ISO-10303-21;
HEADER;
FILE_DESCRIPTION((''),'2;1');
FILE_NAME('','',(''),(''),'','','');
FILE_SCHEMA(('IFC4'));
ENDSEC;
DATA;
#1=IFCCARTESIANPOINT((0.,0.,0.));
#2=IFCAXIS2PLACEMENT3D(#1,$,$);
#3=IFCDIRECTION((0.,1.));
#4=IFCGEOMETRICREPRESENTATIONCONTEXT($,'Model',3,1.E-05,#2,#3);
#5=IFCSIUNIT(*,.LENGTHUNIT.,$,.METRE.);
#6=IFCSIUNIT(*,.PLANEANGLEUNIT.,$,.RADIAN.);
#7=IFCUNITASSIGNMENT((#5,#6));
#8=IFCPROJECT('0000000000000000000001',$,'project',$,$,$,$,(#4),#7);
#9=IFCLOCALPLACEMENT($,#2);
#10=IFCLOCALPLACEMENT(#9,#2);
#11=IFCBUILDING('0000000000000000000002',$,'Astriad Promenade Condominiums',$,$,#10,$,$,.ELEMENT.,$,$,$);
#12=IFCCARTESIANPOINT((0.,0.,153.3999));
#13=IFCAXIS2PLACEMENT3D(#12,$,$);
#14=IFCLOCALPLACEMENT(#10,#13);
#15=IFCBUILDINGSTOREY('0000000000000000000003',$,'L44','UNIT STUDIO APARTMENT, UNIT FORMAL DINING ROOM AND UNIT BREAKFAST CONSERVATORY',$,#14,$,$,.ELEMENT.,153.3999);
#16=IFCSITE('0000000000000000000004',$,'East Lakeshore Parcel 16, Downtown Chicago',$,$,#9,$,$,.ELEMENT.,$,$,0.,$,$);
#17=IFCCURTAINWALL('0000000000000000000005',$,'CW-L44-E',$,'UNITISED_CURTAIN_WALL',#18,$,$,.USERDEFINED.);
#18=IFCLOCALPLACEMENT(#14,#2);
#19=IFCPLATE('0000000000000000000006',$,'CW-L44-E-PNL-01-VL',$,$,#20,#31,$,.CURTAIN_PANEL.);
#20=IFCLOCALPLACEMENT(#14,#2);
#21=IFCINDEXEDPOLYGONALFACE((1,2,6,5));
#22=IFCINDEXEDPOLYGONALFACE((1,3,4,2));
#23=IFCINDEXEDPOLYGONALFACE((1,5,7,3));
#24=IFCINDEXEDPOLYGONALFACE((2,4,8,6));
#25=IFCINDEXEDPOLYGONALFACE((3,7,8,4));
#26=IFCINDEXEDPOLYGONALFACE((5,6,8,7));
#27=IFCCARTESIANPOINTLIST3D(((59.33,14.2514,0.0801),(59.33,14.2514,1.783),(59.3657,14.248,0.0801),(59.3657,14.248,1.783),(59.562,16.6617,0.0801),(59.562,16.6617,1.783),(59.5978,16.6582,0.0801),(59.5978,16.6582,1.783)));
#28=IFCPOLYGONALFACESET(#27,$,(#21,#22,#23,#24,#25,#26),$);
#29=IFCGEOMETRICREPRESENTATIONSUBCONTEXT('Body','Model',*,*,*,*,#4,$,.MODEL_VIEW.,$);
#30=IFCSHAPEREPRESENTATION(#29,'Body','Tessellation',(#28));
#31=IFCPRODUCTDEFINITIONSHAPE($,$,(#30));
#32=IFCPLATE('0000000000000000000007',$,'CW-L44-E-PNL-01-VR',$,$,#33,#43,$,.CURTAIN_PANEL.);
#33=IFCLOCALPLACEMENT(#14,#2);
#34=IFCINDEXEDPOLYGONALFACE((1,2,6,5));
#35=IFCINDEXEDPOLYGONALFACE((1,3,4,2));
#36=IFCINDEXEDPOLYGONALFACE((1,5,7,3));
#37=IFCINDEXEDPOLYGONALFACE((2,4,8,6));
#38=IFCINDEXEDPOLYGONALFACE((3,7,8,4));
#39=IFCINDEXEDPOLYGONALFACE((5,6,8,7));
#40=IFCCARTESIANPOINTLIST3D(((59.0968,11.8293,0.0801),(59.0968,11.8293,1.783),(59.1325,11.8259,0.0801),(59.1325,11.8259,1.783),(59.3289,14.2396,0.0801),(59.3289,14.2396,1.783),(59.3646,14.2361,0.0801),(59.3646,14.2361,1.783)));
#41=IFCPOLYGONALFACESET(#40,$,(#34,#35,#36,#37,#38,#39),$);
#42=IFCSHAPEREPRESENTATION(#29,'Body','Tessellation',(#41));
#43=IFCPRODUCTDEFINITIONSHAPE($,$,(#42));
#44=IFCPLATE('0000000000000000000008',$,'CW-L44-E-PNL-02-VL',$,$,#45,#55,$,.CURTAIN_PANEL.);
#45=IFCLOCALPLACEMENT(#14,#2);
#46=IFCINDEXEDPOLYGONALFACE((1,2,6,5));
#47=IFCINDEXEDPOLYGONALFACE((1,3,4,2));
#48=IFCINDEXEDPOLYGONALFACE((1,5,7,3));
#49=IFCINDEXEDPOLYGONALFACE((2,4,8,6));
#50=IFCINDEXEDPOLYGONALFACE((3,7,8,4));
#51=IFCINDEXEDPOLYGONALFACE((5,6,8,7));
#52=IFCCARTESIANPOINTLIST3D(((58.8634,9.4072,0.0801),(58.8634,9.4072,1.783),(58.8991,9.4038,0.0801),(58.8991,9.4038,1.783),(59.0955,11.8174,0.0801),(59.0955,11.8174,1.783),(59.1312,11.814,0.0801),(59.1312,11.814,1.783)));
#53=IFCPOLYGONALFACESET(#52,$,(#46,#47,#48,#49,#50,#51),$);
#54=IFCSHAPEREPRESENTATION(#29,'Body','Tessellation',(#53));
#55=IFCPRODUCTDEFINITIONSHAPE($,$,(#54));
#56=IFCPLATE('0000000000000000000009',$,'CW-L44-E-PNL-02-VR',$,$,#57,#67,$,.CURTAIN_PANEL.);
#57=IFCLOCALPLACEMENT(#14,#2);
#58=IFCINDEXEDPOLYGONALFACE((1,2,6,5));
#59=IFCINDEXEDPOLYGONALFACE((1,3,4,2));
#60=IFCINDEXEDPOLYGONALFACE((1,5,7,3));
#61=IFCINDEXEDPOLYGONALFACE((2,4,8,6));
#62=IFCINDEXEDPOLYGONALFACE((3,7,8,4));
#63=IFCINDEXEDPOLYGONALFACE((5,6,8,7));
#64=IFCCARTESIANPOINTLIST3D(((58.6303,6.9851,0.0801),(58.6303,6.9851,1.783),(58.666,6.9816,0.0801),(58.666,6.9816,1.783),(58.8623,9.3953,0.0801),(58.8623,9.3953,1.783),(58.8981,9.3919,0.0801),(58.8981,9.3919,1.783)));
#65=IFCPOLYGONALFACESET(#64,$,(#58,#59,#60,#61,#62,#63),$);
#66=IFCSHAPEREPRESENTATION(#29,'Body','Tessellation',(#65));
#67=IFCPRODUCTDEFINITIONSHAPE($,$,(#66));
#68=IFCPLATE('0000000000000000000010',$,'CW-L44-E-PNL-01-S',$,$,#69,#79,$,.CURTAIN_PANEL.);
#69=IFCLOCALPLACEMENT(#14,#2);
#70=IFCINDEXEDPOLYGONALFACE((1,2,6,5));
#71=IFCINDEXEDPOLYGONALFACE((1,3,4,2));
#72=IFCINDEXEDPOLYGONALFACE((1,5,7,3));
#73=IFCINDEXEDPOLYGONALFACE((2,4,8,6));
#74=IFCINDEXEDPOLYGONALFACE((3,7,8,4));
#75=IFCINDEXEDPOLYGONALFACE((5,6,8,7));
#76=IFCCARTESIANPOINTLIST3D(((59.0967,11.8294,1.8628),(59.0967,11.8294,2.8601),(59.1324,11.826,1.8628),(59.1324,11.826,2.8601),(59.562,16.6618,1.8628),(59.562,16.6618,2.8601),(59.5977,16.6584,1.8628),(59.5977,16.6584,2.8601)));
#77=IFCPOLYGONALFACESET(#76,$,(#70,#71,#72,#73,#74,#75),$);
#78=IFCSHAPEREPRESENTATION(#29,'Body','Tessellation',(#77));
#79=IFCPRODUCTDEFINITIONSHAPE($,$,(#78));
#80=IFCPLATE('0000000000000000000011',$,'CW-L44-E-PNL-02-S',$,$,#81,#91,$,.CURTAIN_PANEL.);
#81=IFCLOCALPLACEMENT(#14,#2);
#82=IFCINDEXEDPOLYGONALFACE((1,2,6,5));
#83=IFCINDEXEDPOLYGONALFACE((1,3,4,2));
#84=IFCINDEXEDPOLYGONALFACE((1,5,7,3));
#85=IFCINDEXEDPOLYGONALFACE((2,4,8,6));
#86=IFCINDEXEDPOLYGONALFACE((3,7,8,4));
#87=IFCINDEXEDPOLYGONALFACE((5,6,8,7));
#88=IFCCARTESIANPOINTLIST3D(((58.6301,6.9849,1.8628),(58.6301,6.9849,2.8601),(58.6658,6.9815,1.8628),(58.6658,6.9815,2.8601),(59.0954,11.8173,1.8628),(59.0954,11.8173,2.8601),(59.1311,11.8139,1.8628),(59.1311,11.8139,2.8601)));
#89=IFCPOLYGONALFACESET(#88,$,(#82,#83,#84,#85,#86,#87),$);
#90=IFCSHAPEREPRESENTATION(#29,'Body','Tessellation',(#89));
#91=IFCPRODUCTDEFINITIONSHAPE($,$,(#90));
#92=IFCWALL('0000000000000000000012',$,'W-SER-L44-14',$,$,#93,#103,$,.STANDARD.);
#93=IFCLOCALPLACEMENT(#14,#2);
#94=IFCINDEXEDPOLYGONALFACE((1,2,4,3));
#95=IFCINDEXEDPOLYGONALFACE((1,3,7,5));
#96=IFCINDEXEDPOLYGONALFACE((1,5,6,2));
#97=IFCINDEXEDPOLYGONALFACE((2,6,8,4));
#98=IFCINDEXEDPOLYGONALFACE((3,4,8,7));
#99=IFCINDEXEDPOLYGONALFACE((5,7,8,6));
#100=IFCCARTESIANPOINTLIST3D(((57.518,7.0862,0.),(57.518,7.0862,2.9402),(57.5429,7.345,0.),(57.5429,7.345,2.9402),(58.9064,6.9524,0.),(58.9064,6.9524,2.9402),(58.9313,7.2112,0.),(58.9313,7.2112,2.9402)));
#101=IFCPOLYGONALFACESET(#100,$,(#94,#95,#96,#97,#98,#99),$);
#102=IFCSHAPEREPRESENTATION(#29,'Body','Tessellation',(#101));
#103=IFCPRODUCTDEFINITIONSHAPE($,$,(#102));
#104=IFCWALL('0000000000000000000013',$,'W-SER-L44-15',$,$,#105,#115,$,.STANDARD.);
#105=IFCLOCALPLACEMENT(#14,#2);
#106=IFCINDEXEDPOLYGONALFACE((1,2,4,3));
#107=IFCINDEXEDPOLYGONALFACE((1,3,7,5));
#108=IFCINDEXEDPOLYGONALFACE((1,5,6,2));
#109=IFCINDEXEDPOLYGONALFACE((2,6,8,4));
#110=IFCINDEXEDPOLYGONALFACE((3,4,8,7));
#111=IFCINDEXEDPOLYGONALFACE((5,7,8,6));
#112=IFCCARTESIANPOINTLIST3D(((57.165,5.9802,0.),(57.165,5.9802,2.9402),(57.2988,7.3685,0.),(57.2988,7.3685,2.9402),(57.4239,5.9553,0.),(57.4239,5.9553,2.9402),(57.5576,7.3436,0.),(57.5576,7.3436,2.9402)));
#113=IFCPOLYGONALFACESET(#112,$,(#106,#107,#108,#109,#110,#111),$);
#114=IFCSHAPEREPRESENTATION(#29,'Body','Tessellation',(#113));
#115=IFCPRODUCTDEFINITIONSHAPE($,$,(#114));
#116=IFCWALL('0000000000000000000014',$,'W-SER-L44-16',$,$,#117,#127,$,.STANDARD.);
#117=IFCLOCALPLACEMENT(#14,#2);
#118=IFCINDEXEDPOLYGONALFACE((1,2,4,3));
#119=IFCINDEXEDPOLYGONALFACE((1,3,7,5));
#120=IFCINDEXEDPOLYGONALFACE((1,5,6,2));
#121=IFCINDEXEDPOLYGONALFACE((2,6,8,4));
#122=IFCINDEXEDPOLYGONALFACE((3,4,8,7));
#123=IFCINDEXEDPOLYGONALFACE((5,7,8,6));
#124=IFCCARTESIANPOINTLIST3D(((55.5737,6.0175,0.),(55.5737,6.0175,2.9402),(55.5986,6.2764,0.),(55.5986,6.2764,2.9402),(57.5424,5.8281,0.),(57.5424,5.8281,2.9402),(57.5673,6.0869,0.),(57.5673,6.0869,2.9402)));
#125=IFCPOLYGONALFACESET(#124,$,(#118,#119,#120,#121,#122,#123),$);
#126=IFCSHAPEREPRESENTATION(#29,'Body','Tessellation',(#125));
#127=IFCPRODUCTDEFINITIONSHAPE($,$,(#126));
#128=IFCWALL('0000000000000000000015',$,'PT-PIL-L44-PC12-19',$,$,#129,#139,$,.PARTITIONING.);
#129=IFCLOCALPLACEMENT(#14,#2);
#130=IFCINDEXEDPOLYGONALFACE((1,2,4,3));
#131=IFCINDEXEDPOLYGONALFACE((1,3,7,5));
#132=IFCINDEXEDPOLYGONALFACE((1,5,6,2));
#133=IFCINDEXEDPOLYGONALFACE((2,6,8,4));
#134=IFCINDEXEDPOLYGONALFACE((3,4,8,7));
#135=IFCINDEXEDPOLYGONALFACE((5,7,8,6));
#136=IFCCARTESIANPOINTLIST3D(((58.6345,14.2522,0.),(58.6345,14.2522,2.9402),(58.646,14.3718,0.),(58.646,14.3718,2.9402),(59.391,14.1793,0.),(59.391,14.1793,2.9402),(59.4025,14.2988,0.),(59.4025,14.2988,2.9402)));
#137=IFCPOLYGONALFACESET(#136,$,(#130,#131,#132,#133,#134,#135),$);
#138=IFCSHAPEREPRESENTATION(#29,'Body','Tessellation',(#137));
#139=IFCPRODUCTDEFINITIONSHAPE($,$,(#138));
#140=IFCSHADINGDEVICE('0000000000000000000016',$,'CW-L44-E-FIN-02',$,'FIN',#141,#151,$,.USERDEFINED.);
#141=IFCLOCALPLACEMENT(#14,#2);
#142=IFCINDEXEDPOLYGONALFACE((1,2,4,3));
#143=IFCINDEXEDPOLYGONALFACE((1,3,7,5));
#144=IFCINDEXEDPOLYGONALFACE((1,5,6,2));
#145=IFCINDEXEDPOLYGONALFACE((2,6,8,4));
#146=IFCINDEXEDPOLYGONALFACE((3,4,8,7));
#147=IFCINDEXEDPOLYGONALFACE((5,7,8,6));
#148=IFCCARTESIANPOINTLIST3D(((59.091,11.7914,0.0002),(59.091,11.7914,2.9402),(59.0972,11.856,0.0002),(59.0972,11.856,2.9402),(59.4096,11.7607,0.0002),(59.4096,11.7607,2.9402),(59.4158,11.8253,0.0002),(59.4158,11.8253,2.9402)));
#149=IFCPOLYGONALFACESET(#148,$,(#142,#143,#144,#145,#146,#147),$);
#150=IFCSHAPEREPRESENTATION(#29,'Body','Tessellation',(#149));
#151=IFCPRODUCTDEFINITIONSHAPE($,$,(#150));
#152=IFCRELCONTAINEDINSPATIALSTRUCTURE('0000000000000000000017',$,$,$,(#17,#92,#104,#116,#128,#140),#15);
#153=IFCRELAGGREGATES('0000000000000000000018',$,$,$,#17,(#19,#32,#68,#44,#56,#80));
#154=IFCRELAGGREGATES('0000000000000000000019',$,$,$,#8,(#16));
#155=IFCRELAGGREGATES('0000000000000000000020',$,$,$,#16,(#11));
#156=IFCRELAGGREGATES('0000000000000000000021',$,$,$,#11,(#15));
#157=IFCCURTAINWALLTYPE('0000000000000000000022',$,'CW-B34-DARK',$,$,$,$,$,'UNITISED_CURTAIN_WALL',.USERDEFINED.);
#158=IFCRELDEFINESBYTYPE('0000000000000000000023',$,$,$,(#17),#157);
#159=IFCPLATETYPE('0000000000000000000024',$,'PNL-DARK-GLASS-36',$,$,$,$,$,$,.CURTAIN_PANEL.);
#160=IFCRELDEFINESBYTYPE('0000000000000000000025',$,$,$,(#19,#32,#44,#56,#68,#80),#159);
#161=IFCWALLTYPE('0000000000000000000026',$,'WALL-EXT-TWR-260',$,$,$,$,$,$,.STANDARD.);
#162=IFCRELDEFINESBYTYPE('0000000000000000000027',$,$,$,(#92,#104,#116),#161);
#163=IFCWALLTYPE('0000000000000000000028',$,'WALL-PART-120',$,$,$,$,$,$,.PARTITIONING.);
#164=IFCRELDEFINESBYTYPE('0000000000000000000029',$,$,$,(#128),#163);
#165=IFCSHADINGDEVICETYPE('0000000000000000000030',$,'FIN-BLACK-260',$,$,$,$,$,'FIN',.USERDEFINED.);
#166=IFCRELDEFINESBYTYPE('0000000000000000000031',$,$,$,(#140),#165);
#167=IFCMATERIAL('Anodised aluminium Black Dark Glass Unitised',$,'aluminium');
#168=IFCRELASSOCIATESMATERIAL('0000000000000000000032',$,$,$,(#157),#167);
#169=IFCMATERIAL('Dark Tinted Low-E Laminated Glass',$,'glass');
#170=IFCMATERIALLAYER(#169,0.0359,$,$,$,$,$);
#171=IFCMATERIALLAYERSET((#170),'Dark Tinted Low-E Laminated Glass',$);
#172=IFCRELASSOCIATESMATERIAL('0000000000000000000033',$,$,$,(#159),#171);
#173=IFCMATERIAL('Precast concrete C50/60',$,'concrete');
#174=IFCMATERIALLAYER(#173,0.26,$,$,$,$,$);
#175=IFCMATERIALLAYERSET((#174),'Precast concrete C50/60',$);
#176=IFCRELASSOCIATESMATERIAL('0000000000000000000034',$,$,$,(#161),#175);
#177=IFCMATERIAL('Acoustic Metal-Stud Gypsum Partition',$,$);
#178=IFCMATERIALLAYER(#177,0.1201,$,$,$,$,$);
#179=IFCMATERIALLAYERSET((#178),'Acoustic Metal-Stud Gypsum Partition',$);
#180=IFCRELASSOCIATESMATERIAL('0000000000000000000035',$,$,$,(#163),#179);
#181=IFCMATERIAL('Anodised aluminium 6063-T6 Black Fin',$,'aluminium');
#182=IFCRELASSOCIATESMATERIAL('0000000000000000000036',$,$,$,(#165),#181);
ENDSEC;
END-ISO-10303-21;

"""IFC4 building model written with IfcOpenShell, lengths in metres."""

from ifc_helpers import new_model, si_unit, direction, frame, frame_2d, origin, origin_2d, place, context, subcontext, project, spatial, rectangle, extrude, source, transform, mapped, material, layer, layer_set, type_object, type_shapes, element, aggregate, save


model = new_model("IFC4")

# Units and contexts
model_context = context("Model", 3, precision=1e-05, world=origin(), true_north=direction((0.0, 1.0)))
body_context = subcontext(model_context, "Body", "Model", "MODEL_VIEW")
ifc_project = project(units=[si_unit("LENGTHUNIT", "METRE"), si_unit("PLANEANGLEUNIT", "RADIAN")], contexts=[model_context])

# Site, building, storey
site_placement = place(None, origin())
site = spatial("IfcSite", under=ifc_project, at=site_placement, Name="East Lakeshore Parcel 16, Downtown Chicago", CompositionType="ELEMENT", RefElevation=0.0)
building_placement = place(site_placement, origin())
building = spatial("IfcBuilding", under=site, at=building_placement, Name="Astriad Promenade Condominiums", CompositionType="ELEMENT")
storey_placement = place(building_placement, frame((0.0, 0.0, 153.3999)))
storey = spatial("IfcBuildingStorey", under=building, at=storey_placement, Name="L44", Description="UNIT STUDIO APARTMENT, UNIT FORMAL DINING ROOM AND UNIT BREAKFAST CONSERVATORY", CompositionType="ELEMENT", Elevation=153.3999)

# Curtain wall, plates
ifc_material_1 = material(Name="Anodised aluminium Black Dark Glass Unitised", Category="aluminium")
curtain_wall_type = type_object("IfcCurtainWallType", Name="CW-B34-DARK", ElementType="UNITISED_CURTAIN_WALL", PredefinedType="USERDEFINED", material=ifc_material_1)
curtain_wall_placement = place(storey_placement, origin())
curtain_wall = element("IfcCurtainWall", 1, at=curtain_wall_placement, inside=storey, type_object=curtain_wall_type, Name="CW-L44-E", ObjectType="UNITISED_CURTAIN_WALL", PredefinedType="USERDEFINED")
ifc_material_2 = material(Name="Dark Tinted Low-E Laminated Glass", Category="glass")
ifc_layer_1 = layer(ifc_material_2, 0.0359)
ifc_layer_set_1 = layer_set([ifc_layer_1], Name="Dark Tinted Low-E Laminated Glass")
plate_type = type_object("IfcPlateType", Name="PNL-DARK-GLASS-36", PredefinedType="CURTAIN_PANEL", material=ifc_layer_set_1)
shared_shape_1 = source(origin(), body_context, "Body", "SweptSolid", [
    extrude(rectangle(XDim=2.4214, YDim=0.0359, at=origin_2d()), origin(), (0.0, 0.0, 1.0), 1.7029),
])
plate_1_placement = place(storey_placement, frame((59.4639, 15.4548, 0.0801), z_axis=(0.0, 0.0, 1.0), x_axis=(-0.095846, -0.995396, 0.0)))
plate_1 = element("IfcPlate", 2, at=plate_1_placement, type_object=plate_type, Name="CW-L44-E-PNL-01-VL", PredefinedType="CURTAIN_PANEL", context=body_context, shape_type="MappedRepresentation", body=[
    mapped(shared_shape_1, transform((0.0, 0.0, 0.0), scale=1.0)),
])
plate_2_placement = place(storey_placement, frame((59.2307, 13.0327, 0.0801), z_axis=(0.0, 0.0, 1.0), x_axis=(-0.095846, -0.995396, 0.0)))
plate_2 = element("IfcPlate", 3, at=plate_2_placement, type_object=plate_type, Name="CW-L44-E-PNL-01-VR", PredefinedType="CURTAIN_PANEL", context=body_context, shape_type="MappedRepresentation", body=[
    mapped(shared_shape_1, transform((0.0, 0.0, 0.0), scale=1.0)),
])
plate_3_placement = place(storey_placement, frame((58.9973, 10.6106, 0.0801), z_axis=(0.0, 0.0, 1.0), x_axis=(-0.095846, -0.995396, 0.0)))
plate_3 = element("IfcPlate", 4, at=plate_3_placement, type_object=plate_type, Name="CW-L44-E-PNL-02-VL", PredefinedType="CURTAIN_PANEL", context=body_context, shape_type="MappedRepresentation", body=[
    mapped(shared_shape_1, transform((0.0, 0.0, 0.0), scale=1.0)),
])
plate_4_placement = place(storey_placement, frame((58.7642, 8.1885, 0.0801), z_axis=(0.0, 0.0, 1.0), x_axis=(-0.095846, -0.995396, 0.0)))
plate_4 = element("IfcPlate", 5, at=plate_4_placement, type_object=plate_type, Name="CW-L44-E-PNL-02-VR", PredefinedType="CURTAIN_PANEL", context=body_context, shape_type="MappedRepresentation", body=[
    mapped(shared_shape_1, transform((0.0, 0.0, 0.0), scale=1.0)),
])
shared_shape_2 = source(origin(), body_context, "Body", "SweptSolid", [
    extrude(rectangle(XDim=4.8547, YDim=0.0359, at=origin_2d()), origin(), (0.0, 0.0, 1.0), 0.9973),
])
type_shapes(plate_type, [shared_shape_1, shared_shape_2])
plate_5_placement = place(storey_placement, frame((59.3472, 14.2439, 1.8628), z_axis=(0.0, 0.0, 1.0), x_axis=(-0.095846, -0.995396, 0.0)))
plate_5 = element("IfcPlate", 6, at=plate_5_placement, type_object=plate_type, Name="CW-L44-E-PNL-01-S", PredefinedType="CURTAIN_PANEL", context=body_context, shape_type="MappedRepresentation", body=[
    mapped(shared_shape_2, transform((0.0, 0.0, 0.0), scale=1.0)),
])
plate_6_placement = place(storey_placement, frame((58.8806, 9.3994, 1.8628), z_axis=(0.0, 0.0, 1.0), x_axis=(-0.095846, -0.995396, 0.0)))
plate_6 = element("IfcPlate", 7, at=plate_6_placement, type_object=plate_type, Name="CW-L44-E-PNL-02-S", PredefinedType="CURTAIN_PANEL", context=body_context, shape_type="MappedRepresentation", body=[
    mapped(shared_shape_2, transform((0.0, 0.0, 0.0), scale=1.0)),
])
aggregate(curtain_wall, [plate_1, plate_2, plate_5, plate_3, plate_4, plate_6])

# Walls
ifc_material_3 = material(Name="Precast concrete C50/60", Category="concrete")
ifc_layer_2 = layer(ifc_material_3, 0.26)
ifc_layer_set_2 = layer_set([ifc_layer_2], Name="Precast concrete C50/60")
wall_type_1 = type_object("IfcWallType", Name="WALL-EXT-TWR-260", PredefinedType="STANDARD", material=ifc_layer_set_2)
for number, where, z_axis, x_axis, name in (
    (8, (58.9187, 7.0818, 0.0), (0.0, 0.0, 1.0), (-0.995389, 0.095916, 0.0), "W-SER-L44-14"),
    (9, (57.4282, 7.356, 0.0), (0.0, 0.0, 1.0), (-0.095916, -0.995389, 0.0), "W-SER-L44-15"),
):
    element("IfcWall", number, at=place(storey_placement, frame(where, z_axis=z_axis, x_axis=x_axis)), inside=storey, type_object=wall_type_1, Name=name, PredefinedType="STANDARD", context=body_context, shape_type="SweptSolid", body=[
        extrude(rectangle(XDim=1.3948, YDim=0.26, at=frame_2d((0.6973, 0.0))), origin(), (0.0, 0.0, 1.0), 2.9402),
    ])
wall_1_placement = place(storey_placement, frame((57.5547, 5.9575, 0.0), z_axis=(0.0, 0.0, 1.0), x_axis=(-0.995402, 0.095788, 0.0)))
element("IfcWall", 10, at=wall_1_placement, inside=storey, type_object=wall_type_1, Name="W-SER-L44-16", PredefinedType="STANDARD", context=body_context, shape_type="SweptSolid", body=[
    extrude(rectangle(XDim=1.9778, YDim=0.26, at=frame_2d((0.9888, 0.0))), origin(), (0.0, 0.0, 1.0), 2.9402),
])
ifc_material_4 = material(Name="Acoustic Metal-Stud Gypsum Partition")
ifc_layer_3 = layer(ifc_material_4, 0.1201)
ifc_layer_set_3 = layer_set([ifc_layer_3], Name="Acoustic Metal-Stud Gypsum Partition")
wall_type_2 = type_object("IfcWallType", Name="WALL-PART-120", PredefinedType="PARTITIONING", material=ifc_layer_set_3)
wall_2_placement = place(storey_placement, frame((58.6404, 14.312, 0.0), z_axis=(0.0, 0.0, 1.0), x_axis=(0.995378, -0.096037, 0.0)))
element("IfcWall", 11, at=wall_2_placement, inside=storey, type_object=wall_type_2, Name="PT-PIL-L44-PC12-19", PredefinedType="PARTITIONING", context=body_context, shape_type="SweptSolid", body=[
    extrude(rectangle(XDim=0.76, YDim=0.1201, at=frame_2d((0.3799, 0.0))), origin(), (0.0, 0.0, 1.0), 2.9402),
])

# Shading device
ifc_material_5 = material(Name="Anodised aluminium 6063-T6 Black Fin", Category="aluminium")
shading_device_type = type_object("IfcShadingDeviceType", Name="FIN-BLACK-260", ElementType="FIN", PredefinedType="USERDEFINED", material=ifc_material_5)
shared_shape_3 = source(origin(), body_context, "Body", "SweptSolid", [
    extrude(rectangle(XDim=0.0649, YDim=0.3201, at=origin_2d()), origin(), (0.0, 0.0, 1.0), 2.9399),
])
type_shapes(shading_device_type, [shared_shape_3])
shading_device_placement = place(storey_placement, frame((59.2534, 11.8083, 0.0002), z_axis=(0.0, 0.0, 1.0), x_axis=(-0.095846, -0.995396, 0.0)))
element("IfcShadingDevice", 12, at=shading_device_placement, inside=storey, type_object=shading_device_type, Name="CW-L44-E-FIN-02", ObjectType="FIN", PredefinedType="USERDEFINED", context=body_context, shape_type="MappedRepresentation", body=[
    mapped(shared_shape_3, transform((0.0, 0.0, 0.0), scale=1.0)),
])

save(model, "model.ifc")
